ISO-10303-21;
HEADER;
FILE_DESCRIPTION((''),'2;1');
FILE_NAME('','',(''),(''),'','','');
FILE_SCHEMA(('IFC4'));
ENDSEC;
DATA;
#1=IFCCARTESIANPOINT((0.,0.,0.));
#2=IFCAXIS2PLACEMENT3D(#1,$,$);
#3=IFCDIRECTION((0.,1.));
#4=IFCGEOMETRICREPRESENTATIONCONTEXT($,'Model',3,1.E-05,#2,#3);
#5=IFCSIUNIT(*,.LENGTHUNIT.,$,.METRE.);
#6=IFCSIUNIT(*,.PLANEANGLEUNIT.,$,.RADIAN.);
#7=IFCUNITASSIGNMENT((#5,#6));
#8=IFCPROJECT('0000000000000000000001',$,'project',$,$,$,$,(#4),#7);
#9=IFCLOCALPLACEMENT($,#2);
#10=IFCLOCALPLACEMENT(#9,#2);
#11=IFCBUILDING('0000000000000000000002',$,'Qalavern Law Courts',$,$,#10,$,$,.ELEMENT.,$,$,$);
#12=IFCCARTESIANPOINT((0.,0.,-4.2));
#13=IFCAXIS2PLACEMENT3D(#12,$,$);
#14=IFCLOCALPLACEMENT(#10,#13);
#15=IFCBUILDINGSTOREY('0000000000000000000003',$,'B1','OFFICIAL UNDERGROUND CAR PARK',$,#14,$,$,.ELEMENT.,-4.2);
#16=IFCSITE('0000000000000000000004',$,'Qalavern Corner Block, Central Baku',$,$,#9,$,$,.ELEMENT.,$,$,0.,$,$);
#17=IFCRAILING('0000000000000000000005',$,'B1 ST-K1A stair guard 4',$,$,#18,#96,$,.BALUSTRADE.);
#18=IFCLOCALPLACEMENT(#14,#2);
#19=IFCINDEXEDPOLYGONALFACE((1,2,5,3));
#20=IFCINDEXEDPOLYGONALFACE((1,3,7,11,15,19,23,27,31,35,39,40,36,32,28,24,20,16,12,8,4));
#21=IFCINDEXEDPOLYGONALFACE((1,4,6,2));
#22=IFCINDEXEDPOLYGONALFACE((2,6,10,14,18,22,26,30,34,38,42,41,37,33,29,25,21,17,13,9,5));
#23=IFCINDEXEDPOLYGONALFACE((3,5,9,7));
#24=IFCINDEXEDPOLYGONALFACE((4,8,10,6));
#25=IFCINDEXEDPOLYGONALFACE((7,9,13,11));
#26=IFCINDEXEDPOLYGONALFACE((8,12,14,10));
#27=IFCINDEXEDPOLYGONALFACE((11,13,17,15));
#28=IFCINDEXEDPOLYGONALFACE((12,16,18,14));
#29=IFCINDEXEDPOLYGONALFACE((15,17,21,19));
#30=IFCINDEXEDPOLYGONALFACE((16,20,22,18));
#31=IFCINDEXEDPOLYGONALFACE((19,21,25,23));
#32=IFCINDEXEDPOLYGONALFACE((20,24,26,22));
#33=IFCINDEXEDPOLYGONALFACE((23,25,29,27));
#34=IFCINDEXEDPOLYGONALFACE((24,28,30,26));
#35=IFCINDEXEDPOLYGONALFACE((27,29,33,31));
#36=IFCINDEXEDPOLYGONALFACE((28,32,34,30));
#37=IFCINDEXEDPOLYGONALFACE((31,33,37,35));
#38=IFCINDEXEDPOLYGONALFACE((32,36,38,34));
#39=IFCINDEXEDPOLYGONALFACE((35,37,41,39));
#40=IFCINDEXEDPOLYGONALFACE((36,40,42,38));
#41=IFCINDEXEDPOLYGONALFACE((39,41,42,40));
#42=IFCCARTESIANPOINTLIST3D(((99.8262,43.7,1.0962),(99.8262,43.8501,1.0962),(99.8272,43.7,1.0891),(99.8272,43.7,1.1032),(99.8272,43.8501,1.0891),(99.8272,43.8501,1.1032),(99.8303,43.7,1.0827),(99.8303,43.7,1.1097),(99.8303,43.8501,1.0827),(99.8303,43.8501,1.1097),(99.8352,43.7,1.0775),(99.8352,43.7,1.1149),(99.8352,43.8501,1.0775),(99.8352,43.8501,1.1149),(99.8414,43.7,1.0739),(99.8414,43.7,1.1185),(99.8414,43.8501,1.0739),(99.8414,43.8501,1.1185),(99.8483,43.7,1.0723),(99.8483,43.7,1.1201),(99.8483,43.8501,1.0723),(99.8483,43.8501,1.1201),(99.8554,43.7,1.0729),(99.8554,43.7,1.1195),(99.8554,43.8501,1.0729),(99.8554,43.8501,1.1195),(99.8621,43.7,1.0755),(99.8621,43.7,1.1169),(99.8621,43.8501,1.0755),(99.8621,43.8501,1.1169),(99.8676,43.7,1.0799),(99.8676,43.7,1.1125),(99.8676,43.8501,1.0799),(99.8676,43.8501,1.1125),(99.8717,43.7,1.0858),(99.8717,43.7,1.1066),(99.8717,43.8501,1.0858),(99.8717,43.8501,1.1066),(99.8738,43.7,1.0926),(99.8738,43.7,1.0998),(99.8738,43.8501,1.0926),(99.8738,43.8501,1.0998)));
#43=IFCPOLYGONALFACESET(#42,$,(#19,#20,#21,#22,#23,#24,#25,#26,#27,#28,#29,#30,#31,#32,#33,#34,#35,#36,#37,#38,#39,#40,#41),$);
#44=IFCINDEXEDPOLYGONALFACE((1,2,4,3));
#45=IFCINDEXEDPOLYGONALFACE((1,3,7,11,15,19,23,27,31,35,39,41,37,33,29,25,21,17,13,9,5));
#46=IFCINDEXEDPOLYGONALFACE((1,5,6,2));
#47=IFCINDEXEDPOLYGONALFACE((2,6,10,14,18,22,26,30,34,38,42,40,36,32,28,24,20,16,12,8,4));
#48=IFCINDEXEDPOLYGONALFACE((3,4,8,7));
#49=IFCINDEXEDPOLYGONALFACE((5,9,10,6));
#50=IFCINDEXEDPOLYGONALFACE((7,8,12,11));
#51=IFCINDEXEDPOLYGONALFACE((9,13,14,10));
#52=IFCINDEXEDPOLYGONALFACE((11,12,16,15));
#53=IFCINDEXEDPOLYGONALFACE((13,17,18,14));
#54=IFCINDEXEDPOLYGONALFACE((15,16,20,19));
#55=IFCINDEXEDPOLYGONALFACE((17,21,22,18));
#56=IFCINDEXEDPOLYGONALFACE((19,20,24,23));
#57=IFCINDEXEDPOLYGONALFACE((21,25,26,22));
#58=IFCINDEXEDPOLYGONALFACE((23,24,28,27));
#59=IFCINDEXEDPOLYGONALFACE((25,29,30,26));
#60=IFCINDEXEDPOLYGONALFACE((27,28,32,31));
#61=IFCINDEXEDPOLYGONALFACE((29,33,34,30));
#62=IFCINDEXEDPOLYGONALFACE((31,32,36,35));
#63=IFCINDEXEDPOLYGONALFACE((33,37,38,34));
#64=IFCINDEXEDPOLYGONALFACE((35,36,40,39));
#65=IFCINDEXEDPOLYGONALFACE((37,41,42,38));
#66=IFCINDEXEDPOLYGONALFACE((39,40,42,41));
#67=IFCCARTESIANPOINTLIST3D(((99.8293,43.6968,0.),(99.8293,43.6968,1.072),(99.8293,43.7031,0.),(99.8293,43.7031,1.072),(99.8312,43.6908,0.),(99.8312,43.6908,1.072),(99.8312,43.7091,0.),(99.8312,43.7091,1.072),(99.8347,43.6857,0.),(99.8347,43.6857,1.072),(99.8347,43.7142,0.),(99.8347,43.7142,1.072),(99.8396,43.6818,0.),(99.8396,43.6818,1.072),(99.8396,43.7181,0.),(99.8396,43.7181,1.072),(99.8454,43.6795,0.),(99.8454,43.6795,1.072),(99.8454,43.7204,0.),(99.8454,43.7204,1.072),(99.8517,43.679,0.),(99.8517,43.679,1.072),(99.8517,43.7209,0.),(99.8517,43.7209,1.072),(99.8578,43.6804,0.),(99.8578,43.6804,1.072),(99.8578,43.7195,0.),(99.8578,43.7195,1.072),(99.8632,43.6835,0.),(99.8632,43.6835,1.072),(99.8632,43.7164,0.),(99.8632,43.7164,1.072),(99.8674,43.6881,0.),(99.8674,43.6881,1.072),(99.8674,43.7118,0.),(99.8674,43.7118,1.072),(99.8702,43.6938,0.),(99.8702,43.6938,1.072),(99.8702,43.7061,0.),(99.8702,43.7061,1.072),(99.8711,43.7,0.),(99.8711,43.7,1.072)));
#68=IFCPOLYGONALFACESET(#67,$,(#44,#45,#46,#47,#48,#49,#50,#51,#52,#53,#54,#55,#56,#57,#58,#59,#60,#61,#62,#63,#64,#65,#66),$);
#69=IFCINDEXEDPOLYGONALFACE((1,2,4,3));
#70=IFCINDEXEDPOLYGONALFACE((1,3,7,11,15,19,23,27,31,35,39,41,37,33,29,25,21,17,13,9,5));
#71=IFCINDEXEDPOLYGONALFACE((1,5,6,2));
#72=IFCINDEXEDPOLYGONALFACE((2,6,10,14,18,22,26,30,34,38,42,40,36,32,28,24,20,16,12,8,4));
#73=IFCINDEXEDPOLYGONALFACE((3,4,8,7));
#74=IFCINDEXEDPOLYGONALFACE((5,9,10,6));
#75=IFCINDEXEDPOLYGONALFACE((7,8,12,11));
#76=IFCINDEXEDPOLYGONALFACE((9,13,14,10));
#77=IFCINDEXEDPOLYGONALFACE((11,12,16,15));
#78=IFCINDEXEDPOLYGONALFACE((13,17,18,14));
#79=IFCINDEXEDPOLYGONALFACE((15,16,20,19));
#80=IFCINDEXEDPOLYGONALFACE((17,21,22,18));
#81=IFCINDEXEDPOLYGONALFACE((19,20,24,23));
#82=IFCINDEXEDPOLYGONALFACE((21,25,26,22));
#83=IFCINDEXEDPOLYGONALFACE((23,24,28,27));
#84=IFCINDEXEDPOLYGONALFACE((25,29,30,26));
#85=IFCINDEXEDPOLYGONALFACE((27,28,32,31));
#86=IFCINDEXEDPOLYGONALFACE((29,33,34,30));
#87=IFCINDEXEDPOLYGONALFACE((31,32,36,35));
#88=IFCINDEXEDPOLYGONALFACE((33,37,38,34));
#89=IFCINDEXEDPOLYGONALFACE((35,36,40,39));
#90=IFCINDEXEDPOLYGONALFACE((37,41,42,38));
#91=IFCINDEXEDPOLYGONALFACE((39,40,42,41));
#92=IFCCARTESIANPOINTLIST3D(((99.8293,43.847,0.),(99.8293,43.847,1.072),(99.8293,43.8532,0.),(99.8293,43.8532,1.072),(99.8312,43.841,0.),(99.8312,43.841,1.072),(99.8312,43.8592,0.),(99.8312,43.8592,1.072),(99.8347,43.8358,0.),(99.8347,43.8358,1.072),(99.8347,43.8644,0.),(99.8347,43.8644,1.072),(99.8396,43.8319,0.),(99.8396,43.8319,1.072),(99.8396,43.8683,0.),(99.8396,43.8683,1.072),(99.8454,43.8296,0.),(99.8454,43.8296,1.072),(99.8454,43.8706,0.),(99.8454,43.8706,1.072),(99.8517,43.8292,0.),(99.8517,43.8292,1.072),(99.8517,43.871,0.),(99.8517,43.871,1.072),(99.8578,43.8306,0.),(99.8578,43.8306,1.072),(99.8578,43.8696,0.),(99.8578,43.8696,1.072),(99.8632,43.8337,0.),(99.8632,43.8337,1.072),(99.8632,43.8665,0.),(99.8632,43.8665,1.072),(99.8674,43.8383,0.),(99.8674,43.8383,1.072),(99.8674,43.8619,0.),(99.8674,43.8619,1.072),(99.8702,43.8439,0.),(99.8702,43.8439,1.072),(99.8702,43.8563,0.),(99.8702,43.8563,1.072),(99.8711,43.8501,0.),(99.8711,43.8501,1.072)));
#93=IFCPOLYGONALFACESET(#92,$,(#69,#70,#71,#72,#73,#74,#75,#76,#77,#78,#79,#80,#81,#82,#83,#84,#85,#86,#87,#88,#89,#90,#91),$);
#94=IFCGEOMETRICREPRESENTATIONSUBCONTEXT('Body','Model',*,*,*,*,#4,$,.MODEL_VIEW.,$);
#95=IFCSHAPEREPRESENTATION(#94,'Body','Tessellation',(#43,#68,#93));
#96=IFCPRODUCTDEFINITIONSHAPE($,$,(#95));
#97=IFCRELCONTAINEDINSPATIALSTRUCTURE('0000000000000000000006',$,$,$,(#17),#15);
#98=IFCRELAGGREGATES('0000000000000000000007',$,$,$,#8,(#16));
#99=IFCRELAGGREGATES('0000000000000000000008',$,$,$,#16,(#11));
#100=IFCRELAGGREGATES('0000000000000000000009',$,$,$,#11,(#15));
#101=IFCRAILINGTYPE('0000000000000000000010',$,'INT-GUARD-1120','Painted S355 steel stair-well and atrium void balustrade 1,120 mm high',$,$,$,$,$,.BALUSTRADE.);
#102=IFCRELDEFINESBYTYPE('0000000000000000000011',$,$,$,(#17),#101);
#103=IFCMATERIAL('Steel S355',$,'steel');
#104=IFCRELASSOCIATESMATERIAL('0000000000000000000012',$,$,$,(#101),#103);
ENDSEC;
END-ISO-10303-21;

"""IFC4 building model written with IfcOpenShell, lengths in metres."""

from ifc_helpers import new_model, si_unit, direction, frame, origin, origin_2d, place, context, subcontext, project, spatial, circle, extrude, material, type_object, element, save


model = new_model("IFC4")

# Units and contexts
model_context = context("Model", 3, precision=1e-05, world=origin(), true_north=direction((0.0, 1.0)))
body_context = subcontext(model_context, "Body", "Model", "MODEL_VIEW")
ifc_project = project(units=[si_unit("LENGTHUNIT", "METRE"), si_unit("PLANEANGLEUNIT", "RADIAN")], contexts=[model_context])

# Site, building, storey
site_placement = place(None, origin())
site = spatial("IfcSite", under=ifc_project, at=site_placement, Name="Qalavern Corner Block, Central Baku", CompositionType="ELEMENT", RefElevation=0.0)
building_placement = place(site_placement, origin())
building = spatial("IfcBuilding", under=site, at=building_placement, Name="Qalavern Law Courts", CompositionType="ELEMENT")
storey_placement = place(building_placement, frame((0.0, 0.0, -4.2)))
storey = spatial("IfcBuildingStorey", under=building, at=storey_placement, Name="B1", Description="OFFICIAL UNDERGROUND CAR PARK", CompositionType="ELEMENT", Elevation=-4.2)

# Shared definitions
ifc_material_1 = material(Name="Steel S355", Category="steel")

# Railing
railing_type_1 = type_object("IfcRailingType", Name="INT-GUARD-1120", Description="Painted S355 steel stair-well and atrium void balustrade 1,120 mm high", PredefinedType="BALUSTRADE", material=ifc_material_1)
railing_1_placement = place(storey_placement, frame((99.8501, 43.7, 0.0)))
element("IfcRailing", 1, at=railing_1_placement, inside=storey, type_object=railing_type_1, Name="B1 ST-K1A stair guard 4", PredefinedType="BALUSTRADE", context=body_context, shape_type="SweptSolid", body=[
    extrude(circle(Radius=0.0239, at=origin_2d()), frame((0.0, 0.0, 1.0962), z_axis=(0.0, 1.0, 0.0), x_axis=(-1.0, 0.0, 0.0)), (0.0, 0.0, 1.0), 0.1501),
    extrude(circle(Radius=0.021, at=origin_2d()), origin(), (0.0, 0.0, 1.0), 1.072),
    extrude(circle(Radius=0.021, at=origin_2d()), frame((0.0, 0.1501, 0.0)), (0.0, 0.0, 1.0), 1.072),
])

save(model, "model.ifc")
